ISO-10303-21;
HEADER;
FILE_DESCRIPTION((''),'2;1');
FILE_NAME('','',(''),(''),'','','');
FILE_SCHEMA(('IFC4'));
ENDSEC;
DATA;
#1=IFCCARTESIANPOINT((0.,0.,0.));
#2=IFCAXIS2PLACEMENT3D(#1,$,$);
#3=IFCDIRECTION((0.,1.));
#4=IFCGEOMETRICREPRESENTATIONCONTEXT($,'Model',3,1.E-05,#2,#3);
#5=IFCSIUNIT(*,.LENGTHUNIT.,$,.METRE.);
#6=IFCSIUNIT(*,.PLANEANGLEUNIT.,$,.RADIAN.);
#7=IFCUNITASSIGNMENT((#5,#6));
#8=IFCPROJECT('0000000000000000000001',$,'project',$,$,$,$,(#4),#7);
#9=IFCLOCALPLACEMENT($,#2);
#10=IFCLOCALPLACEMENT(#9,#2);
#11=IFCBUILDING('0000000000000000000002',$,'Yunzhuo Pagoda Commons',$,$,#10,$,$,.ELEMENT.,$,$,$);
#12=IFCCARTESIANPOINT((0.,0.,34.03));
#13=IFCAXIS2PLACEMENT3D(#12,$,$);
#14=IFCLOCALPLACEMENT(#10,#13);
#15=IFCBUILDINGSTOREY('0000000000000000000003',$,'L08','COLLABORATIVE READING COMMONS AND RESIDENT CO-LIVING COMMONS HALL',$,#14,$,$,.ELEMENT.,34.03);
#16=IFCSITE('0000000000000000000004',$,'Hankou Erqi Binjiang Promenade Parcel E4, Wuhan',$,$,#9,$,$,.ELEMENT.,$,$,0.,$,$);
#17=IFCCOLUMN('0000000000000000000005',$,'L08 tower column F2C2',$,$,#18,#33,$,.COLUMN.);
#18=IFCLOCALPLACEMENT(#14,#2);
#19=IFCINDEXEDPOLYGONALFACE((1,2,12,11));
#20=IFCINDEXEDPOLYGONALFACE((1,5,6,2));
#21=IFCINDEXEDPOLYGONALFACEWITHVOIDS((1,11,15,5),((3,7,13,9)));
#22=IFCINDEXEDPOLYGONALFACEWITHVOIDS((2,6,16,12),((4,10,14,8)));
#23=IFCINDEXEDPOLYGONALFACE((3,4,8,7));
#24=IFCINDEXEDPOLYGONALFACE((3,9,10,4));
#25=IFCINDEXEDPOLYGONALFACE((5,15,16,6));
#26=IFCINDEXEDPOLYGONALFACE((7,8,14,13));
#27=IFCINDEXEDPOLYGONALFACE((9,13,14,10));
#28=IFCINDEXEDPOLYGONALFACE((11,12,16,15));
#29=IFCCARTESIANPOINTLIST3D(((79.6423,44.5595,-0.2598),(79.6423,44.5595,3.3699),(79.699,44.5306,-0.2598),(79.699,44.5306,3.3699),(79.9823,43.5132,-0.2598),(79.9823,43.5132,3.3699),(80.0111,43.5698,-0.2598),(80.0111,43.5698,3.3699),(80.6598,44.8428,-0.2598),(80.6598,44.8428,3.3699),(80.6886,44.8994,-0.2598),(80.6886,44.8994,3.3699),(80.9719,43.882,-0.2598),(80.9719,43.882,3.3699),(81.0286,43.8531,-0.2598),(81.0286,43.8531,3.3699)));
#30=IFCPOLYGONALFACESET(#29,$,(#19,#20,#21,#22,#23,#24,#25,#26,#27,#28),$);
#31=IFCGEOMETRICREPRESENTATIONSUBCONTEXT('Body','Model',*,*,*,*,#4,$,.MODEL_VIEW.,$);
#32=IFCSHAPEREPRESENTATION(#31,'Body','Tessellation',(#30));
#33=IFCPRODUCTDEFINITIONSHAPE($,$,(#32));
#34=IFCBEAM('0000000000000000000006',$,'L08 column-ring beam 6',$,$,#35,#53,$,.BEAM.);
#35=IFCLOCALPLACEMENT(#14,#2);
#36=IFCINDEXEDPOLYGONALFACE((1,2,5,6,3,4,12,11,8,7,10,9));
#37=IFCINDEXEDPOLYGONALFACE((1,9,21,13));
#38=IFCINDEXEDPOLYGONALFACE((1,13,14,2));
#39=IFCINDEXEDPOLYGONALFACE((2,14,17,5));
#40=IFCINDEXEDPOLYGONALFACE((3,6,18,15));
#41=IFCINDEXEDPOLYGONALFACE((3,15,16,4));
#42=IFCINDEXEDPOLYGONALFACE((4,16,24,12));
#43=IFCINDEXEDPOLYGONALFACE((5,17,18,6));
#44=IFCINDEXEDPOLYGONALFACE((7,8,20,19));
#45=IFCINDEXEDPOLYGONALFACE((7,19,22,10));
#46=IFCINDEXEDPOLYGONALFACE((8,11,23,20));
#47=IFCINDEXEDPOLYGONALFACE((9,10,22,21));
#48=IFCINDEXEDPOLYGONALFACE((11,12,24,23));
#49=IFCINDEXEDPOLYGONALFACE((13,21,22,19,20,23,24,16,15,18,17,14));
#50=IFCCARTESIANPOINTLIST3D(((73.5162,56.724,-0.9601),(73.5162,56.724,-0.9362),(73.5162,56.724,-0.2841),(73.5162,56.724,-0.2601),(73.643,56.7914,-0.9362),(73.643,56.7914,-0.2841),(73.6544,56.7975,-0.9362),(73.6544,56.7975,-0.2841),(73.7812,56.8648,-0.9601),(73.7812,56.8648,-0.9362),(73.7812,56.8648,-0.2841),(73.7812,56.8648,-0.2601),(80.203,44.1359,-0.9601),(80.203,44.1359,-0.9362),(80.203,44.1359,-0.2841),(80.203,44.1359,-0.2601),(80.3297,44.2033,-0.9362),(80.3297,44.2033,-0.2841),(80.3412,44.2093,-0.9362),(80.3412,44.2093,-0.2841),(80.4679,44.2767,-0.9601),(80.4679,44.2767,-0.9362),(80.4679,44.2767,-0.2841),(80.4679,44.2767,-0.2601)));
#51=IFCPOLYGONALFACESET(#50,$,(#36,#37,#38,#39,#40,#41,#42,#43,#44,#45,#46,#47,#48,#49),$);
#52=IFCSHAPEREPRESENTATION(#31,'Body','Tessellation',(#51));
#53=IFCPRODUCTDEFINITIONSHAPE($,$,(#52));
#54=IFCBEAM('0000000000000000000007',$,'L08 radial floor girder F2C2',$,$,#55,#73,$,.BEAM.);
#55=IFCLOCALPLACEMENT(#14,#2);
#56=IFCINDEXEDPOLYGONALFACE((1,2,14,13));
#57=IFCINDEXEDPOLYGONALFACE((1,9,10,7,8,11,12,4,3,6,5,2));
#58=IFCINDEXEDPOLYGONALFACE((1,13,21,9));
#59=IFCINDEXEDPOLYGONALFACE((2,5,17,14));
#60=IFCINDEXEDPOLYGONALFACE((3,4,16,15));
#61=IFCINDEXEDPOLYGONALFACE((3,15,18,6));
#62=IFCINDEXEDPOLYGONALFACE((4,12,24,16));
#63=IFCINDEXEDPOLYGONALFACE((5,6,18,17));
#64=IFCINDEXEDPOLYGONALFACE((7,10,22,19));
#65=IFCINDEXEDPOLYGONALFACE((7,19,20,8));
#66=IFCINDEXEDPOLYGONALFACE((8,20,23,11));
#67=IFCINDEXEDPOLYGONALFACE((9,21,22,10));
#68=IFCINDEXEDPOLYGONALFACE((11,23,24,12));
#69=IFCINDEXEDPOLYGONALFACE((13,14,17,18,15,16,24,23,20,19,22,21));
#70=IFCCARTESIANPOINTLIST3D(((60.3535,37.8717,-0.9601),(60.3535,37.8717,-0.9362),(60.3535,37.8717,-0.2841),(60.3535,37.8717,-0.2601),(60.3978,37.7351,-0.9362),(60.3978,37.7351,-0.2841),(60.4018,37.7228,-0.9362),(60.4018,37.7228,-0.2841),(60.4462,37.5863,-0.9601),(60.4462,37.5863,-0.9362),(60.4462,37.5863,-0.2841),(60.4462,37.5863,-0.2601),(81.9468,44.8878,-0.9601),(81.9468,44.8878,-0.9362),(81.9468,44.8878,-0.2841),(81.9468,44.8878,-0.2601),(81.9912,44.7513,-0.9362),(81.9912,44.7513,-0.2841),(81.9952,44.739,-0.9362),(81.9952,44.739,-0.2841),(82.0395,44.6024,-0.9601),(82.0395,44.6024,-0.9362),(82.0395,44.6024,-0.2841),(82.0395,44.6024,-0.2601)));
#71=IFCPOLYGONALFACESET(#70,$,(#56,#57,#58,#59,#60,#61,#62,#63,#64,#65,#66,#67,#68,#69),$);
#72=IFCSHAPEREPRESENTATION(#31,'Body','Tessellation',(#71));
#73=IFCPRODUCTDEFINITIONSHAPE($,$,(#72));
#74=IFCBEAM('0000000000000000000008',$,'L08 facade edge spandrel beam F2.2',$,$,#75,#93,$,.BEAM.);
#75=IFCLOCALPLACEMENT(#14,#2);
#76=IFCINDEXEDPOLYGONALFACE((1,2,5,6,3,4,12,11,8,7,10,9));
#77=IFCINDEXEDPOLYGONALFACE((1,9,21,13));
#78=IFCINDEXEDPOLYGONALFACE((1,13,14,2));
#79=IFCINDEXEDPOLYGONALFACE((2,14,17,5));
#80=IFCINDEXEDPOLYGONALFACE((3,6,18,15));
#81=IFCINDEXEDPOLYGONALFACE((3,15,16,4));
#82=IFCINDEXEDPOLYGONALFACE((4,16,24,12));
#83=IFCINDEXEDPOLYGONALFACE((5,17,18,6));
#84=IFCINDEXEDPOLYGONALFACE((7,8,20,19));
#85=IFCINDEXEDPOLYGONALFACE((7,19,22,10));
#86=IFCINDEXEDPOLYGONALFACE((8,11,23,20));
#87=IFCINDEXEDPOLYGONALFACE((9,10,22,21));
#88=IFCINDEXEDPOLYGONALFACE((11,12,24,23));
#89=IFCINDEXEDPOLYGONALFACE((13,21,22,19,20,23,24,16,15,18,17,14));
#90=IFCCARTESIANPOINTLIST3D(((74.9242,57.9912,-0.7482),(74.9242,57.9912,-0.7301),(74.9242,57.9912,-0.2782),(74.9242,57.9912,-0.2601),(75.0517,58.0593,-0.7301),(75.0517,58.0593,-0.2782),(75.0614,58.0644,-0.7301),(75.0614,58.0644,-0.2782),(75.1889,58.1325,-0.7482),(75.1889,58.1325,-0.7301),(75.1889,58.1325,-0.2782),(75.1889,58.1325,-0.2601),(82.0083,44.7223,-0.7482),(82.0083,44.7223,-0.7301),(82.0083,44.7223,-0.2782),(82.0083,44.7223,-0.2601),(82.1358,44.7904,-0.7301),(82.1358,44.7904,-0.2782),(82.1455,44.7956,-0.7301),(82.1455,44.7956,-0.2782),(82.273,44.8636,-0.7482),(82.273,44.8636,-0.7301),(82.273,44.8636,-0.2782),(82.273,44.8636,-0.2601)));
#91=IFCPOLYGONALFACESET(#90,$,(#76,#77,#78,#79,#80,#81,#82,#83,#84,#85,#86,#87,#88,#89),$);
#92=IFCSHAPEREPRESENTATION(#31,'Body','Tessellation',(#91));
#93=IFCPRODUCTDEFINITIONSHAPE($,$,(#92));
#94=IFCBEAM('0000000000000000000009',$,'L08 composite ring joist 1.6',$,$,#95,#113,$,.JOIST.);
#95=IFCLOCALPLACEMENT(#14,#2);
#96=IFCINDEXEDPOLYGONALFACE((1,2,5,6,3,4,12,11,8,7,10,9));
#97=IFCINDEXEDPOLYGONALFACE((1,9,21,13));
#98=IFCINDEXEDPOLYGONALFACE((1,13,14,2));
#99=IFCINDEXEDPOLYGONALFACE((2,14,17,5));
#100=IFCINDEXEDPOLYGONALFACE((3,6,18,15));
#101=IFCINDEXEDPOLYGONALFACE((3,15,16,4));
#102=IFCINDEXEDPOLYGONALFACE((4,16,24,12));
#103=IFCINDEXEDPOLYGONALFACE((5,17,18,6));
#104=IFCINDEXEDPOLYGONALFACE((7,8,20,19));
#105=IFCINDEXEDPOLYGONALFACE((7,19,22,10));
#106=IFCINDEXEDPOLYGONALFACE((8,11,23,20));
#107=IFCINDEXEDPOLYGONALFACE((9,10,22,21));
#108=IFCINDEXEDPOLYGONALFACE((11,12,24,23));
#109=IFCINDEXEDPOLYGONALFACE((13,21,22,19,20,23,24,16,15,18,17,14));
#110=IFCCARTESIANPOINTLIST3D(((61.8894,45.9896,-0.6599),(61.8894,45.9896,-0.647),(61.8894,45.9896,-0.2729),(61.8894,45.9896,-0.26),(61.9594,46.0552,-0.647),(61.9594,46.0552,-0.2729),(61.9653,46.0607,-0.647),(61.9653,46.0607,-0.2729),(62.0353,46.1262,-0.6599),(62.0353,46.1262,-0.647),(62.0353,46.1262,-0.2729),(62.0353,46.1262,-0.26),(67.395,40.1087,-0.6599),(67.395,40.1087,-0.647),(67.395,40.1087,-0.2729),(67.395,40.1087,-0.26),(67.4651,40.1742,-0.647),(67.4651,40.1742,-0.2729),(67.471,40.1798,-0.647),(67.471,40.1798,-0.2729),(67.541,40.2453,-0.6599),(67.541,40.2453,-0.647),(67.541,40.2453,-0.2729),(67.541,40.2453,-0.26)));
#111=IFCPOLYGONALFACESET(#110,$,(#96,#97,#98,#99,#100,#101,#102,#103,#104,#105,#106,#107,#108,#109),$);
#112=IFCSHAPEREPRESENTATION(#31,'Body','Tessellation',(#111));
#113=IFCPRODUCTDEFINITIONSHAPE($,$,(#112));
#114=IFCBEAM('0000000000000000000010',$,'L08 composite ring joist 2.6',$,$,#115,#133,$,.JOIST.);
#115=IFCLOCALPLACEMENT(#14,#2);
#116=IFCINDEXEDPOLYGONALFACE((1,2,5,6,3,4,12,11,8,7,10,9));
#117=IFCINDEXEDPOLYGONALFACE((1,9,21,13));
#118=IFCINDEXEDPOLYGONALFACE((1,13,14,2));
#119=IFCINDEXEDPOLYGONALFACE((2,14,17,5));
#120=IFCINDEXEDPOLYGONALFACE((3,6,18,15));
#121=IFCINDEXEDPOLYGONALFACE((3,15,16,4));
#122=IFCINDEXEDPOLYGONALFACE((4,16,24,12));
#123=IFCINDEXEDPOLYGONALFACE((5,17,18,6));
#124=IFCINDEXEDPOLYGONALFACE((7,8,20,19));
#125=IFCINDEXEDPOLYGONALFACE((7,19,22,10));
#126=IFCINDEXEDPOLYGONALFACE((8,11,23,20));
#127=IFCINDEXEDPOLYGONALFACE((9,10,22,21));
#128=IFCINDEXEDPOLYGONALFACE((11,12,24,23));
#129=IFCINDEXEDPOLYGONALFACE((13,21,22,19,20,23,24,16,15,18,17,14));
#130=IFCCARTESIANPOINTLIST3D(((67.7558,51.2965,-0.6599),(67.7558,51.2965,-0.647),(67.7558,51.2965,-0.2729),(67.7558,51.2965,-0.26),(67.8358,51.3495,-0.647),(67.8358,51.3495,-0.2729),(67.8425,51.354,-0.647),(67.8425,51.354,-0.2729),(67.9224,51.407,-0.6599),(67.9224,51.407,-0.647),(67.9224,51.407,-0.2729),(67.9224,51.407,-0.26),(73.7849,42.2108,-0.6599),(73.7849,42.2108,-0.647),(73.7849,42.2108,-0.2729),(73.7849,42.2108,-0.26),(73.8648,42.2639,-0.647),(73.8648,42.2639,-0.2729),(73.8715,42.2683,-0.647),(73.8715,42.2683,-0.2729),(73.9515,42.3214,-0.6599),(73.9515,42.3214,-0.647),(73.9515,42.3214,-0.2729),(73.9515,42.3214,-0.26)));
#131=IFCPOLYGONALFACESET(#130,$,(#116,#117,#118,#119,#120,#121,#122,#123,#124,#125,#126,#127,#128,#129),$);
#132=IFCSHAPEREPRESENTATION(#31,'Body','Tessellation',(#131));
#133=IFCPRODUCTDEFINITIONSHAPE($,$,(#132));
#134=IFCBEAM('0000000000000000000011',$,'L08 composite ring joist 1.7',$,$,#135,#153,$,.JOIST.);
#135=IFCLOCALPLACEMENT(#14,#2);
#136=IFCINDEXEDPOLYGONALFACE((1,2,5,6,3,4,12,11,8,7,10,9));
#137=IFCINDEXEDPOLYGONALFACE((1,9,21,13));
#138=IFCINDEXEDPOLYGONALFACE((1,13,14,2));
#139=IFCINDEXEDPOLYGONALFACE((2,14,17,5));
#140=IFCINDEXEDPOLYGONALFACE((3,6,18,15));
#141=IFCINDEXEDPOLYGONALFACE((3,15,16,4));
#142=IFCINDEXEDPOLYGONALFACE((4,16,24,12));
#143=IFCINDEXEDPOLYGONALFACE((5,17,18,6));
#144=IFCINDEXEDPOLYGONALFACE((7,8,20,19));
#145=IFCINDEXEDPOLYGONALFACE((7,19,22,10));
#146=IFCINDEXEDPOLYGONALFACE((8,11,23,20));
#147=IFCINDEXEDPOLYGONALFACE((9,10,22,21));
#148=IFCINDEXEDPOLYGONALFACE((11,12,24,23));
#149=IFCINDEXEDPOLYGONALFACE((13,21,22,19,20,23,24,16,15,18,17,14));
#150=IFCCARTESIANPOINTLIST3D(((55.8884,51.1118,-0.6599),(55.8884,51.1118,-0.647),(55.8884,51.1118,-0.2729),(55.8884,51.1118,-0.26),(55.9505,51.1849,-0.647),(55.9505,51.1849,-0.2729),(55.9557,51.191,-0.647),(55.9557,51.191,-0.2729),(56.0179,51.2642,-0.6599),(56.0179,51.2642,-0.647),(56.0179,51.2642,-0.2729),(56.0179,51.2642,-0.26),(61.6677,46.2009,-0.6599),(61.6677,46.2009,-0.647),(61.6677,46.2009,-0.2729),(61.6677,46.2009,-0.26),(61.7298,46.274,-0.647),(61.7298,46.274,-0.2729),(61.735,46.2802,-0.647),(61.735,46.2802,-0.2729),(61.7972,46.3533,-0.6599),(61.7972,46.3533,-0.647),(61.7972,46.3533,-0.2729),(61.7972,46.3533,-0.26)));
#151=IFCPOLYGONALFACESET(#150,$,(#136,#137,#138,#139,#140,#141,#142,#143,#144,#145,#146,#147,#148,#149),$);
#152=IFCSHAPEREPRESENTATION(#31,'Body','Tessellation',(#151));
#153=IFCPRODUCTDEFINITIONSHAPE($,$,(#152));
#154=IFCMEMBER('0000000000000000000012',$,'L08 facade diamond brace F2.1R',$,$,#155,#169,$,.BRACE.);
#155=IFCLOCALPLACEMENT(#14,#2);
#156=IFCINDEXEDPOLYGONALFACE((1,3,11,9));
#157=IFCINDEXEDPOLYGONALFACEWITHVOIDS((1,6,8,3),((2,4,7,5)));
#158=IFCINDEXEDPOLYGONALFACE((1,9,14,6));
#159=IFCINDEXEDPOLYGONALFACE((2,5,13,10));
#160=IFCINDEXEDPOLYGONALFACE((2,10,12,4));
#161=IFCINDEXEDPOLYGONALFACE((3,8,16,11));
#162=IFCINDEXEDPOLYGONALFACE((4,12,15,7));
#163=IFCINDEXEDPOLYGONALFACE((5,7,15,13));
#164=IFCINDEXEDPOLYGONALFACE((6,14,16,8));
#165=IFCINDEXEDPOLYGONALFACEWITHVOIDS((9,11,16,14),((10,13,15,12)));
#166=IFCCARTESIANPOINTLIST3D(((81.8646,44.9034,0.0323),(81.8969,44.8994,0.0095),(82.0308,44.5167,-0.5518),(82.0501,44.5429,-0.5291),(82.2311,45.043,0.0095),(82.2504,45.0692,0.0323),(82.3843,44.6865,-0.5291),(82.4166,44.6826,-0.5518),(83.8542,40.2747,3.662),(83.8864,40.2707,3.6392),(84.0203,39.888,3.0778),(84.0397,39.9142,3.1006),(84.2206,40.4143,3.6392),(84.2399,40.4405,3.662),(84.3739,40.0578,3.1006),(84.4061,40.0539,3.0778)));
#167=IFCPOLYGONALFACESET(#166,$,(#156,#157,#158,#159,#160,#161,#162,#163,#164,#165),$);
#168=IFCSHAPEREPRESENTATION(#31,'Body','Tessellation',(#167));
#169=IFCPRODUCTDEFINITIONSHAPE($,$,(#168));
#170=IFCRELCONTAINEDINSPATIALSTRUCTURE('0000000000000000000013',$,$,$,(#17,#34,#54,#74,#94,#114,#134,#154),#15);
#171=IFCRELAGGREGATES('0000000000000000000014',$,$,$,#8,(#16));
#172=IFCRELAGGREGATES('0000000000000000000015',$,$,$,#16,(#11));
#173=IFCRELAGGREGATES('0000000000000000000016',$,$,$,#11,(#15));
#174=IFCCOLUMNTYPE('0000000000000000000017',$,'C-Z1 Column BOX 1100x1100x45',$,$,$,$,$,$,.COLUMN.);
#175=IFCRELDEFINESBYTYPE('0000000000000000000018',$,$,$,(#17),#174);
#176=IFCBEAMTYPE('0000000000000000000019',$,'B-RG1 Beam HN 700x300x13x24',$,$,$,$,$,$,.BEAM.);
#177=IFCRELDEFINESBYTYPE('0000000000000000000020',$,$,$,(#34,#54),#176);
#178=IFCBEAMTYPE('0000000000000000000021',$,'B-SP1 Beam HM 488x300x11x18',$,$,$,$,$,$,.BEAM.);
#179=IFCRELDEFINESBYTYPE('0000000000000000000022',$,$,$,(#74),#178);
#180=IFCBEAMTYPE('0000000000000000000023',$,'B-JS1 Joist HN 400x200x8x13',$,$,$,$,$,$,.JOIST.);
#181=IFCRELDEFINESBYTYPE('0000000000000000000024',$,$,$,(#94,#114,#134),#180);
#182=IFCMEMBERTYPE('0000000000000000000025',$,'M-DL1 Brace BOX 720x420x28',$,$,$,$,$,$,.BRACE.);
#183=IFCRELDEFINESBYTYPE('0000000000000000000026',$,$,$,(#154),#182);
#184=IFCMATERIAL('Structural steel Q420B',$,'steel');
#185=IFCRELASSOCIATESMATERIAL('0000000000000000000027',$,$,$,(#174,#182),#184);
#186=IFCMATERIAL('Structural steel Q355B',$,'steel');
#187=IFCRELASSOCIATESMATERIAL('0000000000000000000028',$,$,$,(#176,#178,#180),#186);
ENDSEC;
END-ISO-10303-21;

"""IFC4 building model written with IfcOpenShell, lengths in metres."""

from ifc_helpers import new_model, si_unit, direction, frame, origin, origin_2d, place, context, subcontext, project, spatial, hollow_rectangle, i_section, extrude, source, transform, mapped, material, material_profile, profile_set, type_object, element, save


model = new_model("IFC4")

# Units and contexts
model_context = context("Model", 3, precision=1e-05, world=origin(), true_north=direction((0.0, 1.0)))
body_context = subcontext(model_context, "Body", "Model", "MODEL_VIEW")
ifc_project = project(units=[si_unit("LENGTHUNIT", "METRE"), si_unit("PLANEANGLEUNIT", "RADIAN")], contexts=[model_context])

# Site, building, storey
site_placement = place(None, origin())
site = spatial("IfcSite", under=ifc_project, at=site_placement, Name="Hankou Erqi Binjiang Promenade Parcel E4, Wuhan", CompositionType="ELEMENT", RefElevation=0.0)
building_placement = place(site_placement, origin())
building = spatial("IfcBuilding", under=site, at=building_placement, Name="Yunzhuo Pagoda Commons", CompositionType="ELEMENT")
storey_placement = place(building_placement, frame((0.0, 0.0, 34.03)))
storey = spatial("IfcBuildingStorey", under=building, at=storey_placement, Name="L08", Description="COLLABORATIVE READING COMMONS AND RESIDENT CO-LIVING COMMONS HALL", CompositionType="ELEMENT", Elevation=34.03)

# Column
ifc_material_1 = material(Name="Structural steel Q420B", Category="steel")
ifc_material_profile_1 = material_profile(ifc_material_1, hollow_rectangle(XDim=1.1001, YDim=1.1001, WallThickness=0.0449, at=origin_2d()), Name="Structural steel Q420B")
ifc_profile_set_1 = profile_set([ifc_material_profile_1], Name="Structural steel Q420B")
column_type = type_object("IfcColumnType", Name="C-Z1 Column BOX 1100x1100x45", PredefinedType="COLUMN", material=ifc_profile_set_1)
shared_shape_1 = source(origin(), body_context, "Body", "SweptSolid", [
    extrude(hollow_rectangle(XDim=1.1001, YDim=1.1001, WallThickness=0.0449, at=origin_2d()), origin(), (0.0, 0.0, 1.0), 3.6296),
])
column_placement = place(storey_placement, frame((80.3354, 44.2063, -0.2598), z_axis=(0.0, 0.0, 1.0), x_axis=(-0.309017, 0.951057, 0.0)))
element("IfcColumn", 1, at=column_placement, inside=storey, type_object=column_type, Name="L08 tower column F2C2", PredefinedType="COLUMN", context=body_context, shape_type="MappedRepresentation", body=[
    mapped(shared_shape_1, transform((0.0, 0.0, 0.0), scale=1.0)),
])

# Beams
ifc_material_2 = material(Name="Structural steel Q355B", Category="steel")
ifc_material_profile_2 = material_profile(ifc_material_2, i_section(OverallWidth=0.3, OverallDepth=0.7, WebThickness=0.0129, FlangeThickness=0.0239, at=origin_2d()), Name="Structural steel Q355B")
ifc_profile_set_2 = profile_set([ifc_material_profile_2], Name="Structural steel Q355B")
beam_type_1 = type_object("IfcBeamType", Name="B-RG1 Beam HN 700x300x13x24", PredefinedType="BEAM", material=ifc_profile_set_2)
shared_shape_2 = source(origin(), body_context, "Body", "SweptSolid", [
    extrude(i_section(OverallWidth=0.3, OverallDepth=0.7, WebThickness=0.0129, FlangeThickness=0.0239, at=origin_2d()), origin(), (0.0, 0.0, 1.0), 14.2539),
])
beam_1_placement = place(storey_placement, frame((80.3354, 44.2063, -0.6101), z_axis=(-0.469118, 0.883135, 0.0), x_axis=(-0.883135, -0.469118, 0.0)))
element("IfcBeam", 2, at=beam_1_placement, inside=storey, type_object=beam_type_1, Name="L08 column-ring beam 6", PredefinedType="BEAM", context=body_context, shape_type="MappedRepresentation", body=[
    mapped(shared_shape_2, transform((0.0, 0.0, 0.0), scale=1.0)),
])
shared_shape_3 = source(origin(), body_context, "Body", "SweptSolid", [
    extrude(i_section(OverallWidth=0.3, OverallDepth=0.7, WebThickness=0.0129, FlangeThickness=0.0239, at=origin_2d()), origin(), (0.0, 0.0, 1.0), 22.7046),
])
beam_2_placement = place(storey_placement, frame((81.9932, 44.7451, -0.6101), z_axis=(-0.951056, -0.309018, 0.0), x_axis=(0.309018, -0.951056, 0.0)))
element("IfcBeam", 3, at=beam_2_placement, inside=storey, type_object=beam_type_1, Name="L08 radial floor girder F2C2", PredefinedType="BEAM", context=body_context, shape_type="MappedRepresentation", body=[
    mapped(shared_shape_3, transform((0.0, 0.0, 0.0), scale=1.0)),
])
ifc_material_profile_3 = material_profile(ifc_material_2, i_section(OverallWidth=0.3, OverallDepth=0.488, WebThickness=0.011, FlangeThickness=0.0181, at=origin_2d()), Name="Structural steel Q355B")
ifc_profile_set_3 = profile_set([ifc_material_profile_3], Name="Structural steel Q355B")
beam_type_2 = type_object("IfcBeamType", Name="B-SP1 Beam HM 488x300x11x18", PredefinedType="BEAM", material=ifc_profile_set_3)
shared_shape_4 = source(origin(), body_context, "Body", "SweptSolid", [
    extrude(i_section(OverallWidth=0.3, OverallDepth=0.488, WebThickness=0.011, FlangeThickness=0.0181, at=origin_2d()), origin(), (0.0, 0.0, 1.0), 15.0415),
])
beam_3_placement = place(storey_placement, frame((82.1406, 44.793, -0.5042), z_axis=(-0.470966, 0.882152, 0.0), x_axis=(-0.882152, -0.470966, 0.0)))
element("IfcBeam", 4, at=beam_3_placement, inside=storey, type_object=beam_type_2, Name="L08 facade edge spandrel beam F2.2", PredefinedType="BEAM", context=body_context, shape_type="MappedRepresentation", body=[
    mapped(shared_shape_4, transform((0.0, 0.0, 0.0), scale=1.0)),
])
ifc_material_profile_4 = material_profile(ifc_material_2, i_section(OverallWidth=0.2, OverallDepth=0.3999, WebThickness=0.0081, FlangeThickness=0.0129, at=origin_2d()), Name="Structural steel Q355B")
ifc_profile_set_4 = profile_set([ifc_material_profile_4], Name="Structural steel Q355B")
beam_type_3 = type_object("IfcBeamType", Name="B-JS1 Joist HN 400x200x8x13", PredefinedType="JOIST", material=ifc_profile_set_4)
shared_shape_5 = source(origin(), body_context, "Body", "SweptSolid", [
    extrude(i_section(OverallWidth=0.2, OverallDepth=0.3999, WebThickness=0.0081, FlangeThickness=0.0129, at=origin_2d()), origin(), (0.0, 0.0, 1.0), 8.0559),
])
beam_4_placement = place(storey_placement, frame((67.468, 40.177, -0.46), z_axis=(-0.683433, 0.730013, 0.0), x_axis=(-0.730013, -0.683433, 0.0)))
element("IfcBeam", 5, at=beam_4_placement, inside=storey, type_object=beam_type_3, Name="L08 composite ring joist 1.6", PredefinedType="JOIST", context=body_context, shape_type="MappedRepresentation", body=[
    mapped(shared_shape_5, transform((0.0, 0.0, 0.0), scale=1.0)),
])
shared_shape_6 = source(origin(), body_context, "Body", "SweptSolid", [
    extrude(i_section(OverallWidth=0.2, OverallDepth=0.3999, WebThickness=0.0081, FlangeThickness=0.0129, at=origin_2d()), origin(), (0.0, 0.0, 1.0), 10.9041),
])
beam_5_placement = place(storey_placement, frame((73.8682, 42.2661, -0.46), z_axis=(-0.552916, 0.833237, 0.0), x_axis=(-0.833237, -0.552916, 0.0)))
element("IfcBeam", 6, at=beam_5_placement, inside=storey, type_object=beam_type_3, Name="L08 composite ring joist 2.6", PredefinedType="JOIST", context=body_context, shape_type="MappedRepresentation", body=[
    mapped(shared_shape_6, transform((0.0, 0.0, 0.0), scale=1.0)),
])
shared_shape_7 = source(origin(), body_context, "Body", "SweptSolid", [
    extrude(i_section(OverallWidth=0.2, OverallDepth=0.3999, WebThickness=0.0081, FlangeThickness=0.0129, at=origin_2d()), origin(), (0.0, 0.0, 1.0), 7.584),
])
beam_6_placement = place(storey_placement, frame((61.7324, 46.2771, -0.46), z_axis=(-0.762038, 0.647533, 0.0), x_axis=(-0.647533, -0.762038, 0.0)))
element("IfcBeam", 7, at=beam_6_placement, inside=storey, type_object=beam_type_3, Name="L08 composite ring joist 1.7", PredefinedType="JOIST", context=body_context, shape_type="MappedRepresentation", body=[
    mapped(shared_shape_7, transform((0.0, 0.0, 0.0), scale=1.0)),
])

# Member
ifc_material_profile_5 = material_profile(ifc_material_1, hollow_rectangle(XDim=0.4199, YDim=0.72, WallThickness=0.0281, at=origin_2d()), Name="Structural steel Q420B")
ifc_profile_set_5 = profile_set([ifc_material_profile_5], Name="Structural steel Q420B")
member_type_1 = type_object("IfcMemberType", Name="M-DL1 Brace BOX 720x420x28", PredefinedType="BRACE", material=ifc_profile_set_5)
shared_shape_8 = source(origin(), body_context, "Body", "SweptSolid", [
    extrude(hollow_rectangle(XDim=0.4199, YDim=0.72, WallThickness=0.0281, at=origin_2d()), origin(), (0.0, 0.0, 1.0), 6.2095),
])
member_1_placement = place(storey_placement, frame((82.1406, 44.793, -0.2598), z_axis=(0.320401, -0.745426, 0.584537), x_axis=(0.918728, 0.39489, 0.0)))
element("IfcMember", 8, at=member_1_placement, inside=storey, type_object=member_type_1, Name="L08 facade diamond brace F2.1R", PredefinedType="BRACE", context=body_context, shape_type="MappedRepresentation", body=[
    mapped(shared_shape_8, transform((0.0, 0.0, 0.0), scale=1.0)),
])

save(model, "model.ifc")
